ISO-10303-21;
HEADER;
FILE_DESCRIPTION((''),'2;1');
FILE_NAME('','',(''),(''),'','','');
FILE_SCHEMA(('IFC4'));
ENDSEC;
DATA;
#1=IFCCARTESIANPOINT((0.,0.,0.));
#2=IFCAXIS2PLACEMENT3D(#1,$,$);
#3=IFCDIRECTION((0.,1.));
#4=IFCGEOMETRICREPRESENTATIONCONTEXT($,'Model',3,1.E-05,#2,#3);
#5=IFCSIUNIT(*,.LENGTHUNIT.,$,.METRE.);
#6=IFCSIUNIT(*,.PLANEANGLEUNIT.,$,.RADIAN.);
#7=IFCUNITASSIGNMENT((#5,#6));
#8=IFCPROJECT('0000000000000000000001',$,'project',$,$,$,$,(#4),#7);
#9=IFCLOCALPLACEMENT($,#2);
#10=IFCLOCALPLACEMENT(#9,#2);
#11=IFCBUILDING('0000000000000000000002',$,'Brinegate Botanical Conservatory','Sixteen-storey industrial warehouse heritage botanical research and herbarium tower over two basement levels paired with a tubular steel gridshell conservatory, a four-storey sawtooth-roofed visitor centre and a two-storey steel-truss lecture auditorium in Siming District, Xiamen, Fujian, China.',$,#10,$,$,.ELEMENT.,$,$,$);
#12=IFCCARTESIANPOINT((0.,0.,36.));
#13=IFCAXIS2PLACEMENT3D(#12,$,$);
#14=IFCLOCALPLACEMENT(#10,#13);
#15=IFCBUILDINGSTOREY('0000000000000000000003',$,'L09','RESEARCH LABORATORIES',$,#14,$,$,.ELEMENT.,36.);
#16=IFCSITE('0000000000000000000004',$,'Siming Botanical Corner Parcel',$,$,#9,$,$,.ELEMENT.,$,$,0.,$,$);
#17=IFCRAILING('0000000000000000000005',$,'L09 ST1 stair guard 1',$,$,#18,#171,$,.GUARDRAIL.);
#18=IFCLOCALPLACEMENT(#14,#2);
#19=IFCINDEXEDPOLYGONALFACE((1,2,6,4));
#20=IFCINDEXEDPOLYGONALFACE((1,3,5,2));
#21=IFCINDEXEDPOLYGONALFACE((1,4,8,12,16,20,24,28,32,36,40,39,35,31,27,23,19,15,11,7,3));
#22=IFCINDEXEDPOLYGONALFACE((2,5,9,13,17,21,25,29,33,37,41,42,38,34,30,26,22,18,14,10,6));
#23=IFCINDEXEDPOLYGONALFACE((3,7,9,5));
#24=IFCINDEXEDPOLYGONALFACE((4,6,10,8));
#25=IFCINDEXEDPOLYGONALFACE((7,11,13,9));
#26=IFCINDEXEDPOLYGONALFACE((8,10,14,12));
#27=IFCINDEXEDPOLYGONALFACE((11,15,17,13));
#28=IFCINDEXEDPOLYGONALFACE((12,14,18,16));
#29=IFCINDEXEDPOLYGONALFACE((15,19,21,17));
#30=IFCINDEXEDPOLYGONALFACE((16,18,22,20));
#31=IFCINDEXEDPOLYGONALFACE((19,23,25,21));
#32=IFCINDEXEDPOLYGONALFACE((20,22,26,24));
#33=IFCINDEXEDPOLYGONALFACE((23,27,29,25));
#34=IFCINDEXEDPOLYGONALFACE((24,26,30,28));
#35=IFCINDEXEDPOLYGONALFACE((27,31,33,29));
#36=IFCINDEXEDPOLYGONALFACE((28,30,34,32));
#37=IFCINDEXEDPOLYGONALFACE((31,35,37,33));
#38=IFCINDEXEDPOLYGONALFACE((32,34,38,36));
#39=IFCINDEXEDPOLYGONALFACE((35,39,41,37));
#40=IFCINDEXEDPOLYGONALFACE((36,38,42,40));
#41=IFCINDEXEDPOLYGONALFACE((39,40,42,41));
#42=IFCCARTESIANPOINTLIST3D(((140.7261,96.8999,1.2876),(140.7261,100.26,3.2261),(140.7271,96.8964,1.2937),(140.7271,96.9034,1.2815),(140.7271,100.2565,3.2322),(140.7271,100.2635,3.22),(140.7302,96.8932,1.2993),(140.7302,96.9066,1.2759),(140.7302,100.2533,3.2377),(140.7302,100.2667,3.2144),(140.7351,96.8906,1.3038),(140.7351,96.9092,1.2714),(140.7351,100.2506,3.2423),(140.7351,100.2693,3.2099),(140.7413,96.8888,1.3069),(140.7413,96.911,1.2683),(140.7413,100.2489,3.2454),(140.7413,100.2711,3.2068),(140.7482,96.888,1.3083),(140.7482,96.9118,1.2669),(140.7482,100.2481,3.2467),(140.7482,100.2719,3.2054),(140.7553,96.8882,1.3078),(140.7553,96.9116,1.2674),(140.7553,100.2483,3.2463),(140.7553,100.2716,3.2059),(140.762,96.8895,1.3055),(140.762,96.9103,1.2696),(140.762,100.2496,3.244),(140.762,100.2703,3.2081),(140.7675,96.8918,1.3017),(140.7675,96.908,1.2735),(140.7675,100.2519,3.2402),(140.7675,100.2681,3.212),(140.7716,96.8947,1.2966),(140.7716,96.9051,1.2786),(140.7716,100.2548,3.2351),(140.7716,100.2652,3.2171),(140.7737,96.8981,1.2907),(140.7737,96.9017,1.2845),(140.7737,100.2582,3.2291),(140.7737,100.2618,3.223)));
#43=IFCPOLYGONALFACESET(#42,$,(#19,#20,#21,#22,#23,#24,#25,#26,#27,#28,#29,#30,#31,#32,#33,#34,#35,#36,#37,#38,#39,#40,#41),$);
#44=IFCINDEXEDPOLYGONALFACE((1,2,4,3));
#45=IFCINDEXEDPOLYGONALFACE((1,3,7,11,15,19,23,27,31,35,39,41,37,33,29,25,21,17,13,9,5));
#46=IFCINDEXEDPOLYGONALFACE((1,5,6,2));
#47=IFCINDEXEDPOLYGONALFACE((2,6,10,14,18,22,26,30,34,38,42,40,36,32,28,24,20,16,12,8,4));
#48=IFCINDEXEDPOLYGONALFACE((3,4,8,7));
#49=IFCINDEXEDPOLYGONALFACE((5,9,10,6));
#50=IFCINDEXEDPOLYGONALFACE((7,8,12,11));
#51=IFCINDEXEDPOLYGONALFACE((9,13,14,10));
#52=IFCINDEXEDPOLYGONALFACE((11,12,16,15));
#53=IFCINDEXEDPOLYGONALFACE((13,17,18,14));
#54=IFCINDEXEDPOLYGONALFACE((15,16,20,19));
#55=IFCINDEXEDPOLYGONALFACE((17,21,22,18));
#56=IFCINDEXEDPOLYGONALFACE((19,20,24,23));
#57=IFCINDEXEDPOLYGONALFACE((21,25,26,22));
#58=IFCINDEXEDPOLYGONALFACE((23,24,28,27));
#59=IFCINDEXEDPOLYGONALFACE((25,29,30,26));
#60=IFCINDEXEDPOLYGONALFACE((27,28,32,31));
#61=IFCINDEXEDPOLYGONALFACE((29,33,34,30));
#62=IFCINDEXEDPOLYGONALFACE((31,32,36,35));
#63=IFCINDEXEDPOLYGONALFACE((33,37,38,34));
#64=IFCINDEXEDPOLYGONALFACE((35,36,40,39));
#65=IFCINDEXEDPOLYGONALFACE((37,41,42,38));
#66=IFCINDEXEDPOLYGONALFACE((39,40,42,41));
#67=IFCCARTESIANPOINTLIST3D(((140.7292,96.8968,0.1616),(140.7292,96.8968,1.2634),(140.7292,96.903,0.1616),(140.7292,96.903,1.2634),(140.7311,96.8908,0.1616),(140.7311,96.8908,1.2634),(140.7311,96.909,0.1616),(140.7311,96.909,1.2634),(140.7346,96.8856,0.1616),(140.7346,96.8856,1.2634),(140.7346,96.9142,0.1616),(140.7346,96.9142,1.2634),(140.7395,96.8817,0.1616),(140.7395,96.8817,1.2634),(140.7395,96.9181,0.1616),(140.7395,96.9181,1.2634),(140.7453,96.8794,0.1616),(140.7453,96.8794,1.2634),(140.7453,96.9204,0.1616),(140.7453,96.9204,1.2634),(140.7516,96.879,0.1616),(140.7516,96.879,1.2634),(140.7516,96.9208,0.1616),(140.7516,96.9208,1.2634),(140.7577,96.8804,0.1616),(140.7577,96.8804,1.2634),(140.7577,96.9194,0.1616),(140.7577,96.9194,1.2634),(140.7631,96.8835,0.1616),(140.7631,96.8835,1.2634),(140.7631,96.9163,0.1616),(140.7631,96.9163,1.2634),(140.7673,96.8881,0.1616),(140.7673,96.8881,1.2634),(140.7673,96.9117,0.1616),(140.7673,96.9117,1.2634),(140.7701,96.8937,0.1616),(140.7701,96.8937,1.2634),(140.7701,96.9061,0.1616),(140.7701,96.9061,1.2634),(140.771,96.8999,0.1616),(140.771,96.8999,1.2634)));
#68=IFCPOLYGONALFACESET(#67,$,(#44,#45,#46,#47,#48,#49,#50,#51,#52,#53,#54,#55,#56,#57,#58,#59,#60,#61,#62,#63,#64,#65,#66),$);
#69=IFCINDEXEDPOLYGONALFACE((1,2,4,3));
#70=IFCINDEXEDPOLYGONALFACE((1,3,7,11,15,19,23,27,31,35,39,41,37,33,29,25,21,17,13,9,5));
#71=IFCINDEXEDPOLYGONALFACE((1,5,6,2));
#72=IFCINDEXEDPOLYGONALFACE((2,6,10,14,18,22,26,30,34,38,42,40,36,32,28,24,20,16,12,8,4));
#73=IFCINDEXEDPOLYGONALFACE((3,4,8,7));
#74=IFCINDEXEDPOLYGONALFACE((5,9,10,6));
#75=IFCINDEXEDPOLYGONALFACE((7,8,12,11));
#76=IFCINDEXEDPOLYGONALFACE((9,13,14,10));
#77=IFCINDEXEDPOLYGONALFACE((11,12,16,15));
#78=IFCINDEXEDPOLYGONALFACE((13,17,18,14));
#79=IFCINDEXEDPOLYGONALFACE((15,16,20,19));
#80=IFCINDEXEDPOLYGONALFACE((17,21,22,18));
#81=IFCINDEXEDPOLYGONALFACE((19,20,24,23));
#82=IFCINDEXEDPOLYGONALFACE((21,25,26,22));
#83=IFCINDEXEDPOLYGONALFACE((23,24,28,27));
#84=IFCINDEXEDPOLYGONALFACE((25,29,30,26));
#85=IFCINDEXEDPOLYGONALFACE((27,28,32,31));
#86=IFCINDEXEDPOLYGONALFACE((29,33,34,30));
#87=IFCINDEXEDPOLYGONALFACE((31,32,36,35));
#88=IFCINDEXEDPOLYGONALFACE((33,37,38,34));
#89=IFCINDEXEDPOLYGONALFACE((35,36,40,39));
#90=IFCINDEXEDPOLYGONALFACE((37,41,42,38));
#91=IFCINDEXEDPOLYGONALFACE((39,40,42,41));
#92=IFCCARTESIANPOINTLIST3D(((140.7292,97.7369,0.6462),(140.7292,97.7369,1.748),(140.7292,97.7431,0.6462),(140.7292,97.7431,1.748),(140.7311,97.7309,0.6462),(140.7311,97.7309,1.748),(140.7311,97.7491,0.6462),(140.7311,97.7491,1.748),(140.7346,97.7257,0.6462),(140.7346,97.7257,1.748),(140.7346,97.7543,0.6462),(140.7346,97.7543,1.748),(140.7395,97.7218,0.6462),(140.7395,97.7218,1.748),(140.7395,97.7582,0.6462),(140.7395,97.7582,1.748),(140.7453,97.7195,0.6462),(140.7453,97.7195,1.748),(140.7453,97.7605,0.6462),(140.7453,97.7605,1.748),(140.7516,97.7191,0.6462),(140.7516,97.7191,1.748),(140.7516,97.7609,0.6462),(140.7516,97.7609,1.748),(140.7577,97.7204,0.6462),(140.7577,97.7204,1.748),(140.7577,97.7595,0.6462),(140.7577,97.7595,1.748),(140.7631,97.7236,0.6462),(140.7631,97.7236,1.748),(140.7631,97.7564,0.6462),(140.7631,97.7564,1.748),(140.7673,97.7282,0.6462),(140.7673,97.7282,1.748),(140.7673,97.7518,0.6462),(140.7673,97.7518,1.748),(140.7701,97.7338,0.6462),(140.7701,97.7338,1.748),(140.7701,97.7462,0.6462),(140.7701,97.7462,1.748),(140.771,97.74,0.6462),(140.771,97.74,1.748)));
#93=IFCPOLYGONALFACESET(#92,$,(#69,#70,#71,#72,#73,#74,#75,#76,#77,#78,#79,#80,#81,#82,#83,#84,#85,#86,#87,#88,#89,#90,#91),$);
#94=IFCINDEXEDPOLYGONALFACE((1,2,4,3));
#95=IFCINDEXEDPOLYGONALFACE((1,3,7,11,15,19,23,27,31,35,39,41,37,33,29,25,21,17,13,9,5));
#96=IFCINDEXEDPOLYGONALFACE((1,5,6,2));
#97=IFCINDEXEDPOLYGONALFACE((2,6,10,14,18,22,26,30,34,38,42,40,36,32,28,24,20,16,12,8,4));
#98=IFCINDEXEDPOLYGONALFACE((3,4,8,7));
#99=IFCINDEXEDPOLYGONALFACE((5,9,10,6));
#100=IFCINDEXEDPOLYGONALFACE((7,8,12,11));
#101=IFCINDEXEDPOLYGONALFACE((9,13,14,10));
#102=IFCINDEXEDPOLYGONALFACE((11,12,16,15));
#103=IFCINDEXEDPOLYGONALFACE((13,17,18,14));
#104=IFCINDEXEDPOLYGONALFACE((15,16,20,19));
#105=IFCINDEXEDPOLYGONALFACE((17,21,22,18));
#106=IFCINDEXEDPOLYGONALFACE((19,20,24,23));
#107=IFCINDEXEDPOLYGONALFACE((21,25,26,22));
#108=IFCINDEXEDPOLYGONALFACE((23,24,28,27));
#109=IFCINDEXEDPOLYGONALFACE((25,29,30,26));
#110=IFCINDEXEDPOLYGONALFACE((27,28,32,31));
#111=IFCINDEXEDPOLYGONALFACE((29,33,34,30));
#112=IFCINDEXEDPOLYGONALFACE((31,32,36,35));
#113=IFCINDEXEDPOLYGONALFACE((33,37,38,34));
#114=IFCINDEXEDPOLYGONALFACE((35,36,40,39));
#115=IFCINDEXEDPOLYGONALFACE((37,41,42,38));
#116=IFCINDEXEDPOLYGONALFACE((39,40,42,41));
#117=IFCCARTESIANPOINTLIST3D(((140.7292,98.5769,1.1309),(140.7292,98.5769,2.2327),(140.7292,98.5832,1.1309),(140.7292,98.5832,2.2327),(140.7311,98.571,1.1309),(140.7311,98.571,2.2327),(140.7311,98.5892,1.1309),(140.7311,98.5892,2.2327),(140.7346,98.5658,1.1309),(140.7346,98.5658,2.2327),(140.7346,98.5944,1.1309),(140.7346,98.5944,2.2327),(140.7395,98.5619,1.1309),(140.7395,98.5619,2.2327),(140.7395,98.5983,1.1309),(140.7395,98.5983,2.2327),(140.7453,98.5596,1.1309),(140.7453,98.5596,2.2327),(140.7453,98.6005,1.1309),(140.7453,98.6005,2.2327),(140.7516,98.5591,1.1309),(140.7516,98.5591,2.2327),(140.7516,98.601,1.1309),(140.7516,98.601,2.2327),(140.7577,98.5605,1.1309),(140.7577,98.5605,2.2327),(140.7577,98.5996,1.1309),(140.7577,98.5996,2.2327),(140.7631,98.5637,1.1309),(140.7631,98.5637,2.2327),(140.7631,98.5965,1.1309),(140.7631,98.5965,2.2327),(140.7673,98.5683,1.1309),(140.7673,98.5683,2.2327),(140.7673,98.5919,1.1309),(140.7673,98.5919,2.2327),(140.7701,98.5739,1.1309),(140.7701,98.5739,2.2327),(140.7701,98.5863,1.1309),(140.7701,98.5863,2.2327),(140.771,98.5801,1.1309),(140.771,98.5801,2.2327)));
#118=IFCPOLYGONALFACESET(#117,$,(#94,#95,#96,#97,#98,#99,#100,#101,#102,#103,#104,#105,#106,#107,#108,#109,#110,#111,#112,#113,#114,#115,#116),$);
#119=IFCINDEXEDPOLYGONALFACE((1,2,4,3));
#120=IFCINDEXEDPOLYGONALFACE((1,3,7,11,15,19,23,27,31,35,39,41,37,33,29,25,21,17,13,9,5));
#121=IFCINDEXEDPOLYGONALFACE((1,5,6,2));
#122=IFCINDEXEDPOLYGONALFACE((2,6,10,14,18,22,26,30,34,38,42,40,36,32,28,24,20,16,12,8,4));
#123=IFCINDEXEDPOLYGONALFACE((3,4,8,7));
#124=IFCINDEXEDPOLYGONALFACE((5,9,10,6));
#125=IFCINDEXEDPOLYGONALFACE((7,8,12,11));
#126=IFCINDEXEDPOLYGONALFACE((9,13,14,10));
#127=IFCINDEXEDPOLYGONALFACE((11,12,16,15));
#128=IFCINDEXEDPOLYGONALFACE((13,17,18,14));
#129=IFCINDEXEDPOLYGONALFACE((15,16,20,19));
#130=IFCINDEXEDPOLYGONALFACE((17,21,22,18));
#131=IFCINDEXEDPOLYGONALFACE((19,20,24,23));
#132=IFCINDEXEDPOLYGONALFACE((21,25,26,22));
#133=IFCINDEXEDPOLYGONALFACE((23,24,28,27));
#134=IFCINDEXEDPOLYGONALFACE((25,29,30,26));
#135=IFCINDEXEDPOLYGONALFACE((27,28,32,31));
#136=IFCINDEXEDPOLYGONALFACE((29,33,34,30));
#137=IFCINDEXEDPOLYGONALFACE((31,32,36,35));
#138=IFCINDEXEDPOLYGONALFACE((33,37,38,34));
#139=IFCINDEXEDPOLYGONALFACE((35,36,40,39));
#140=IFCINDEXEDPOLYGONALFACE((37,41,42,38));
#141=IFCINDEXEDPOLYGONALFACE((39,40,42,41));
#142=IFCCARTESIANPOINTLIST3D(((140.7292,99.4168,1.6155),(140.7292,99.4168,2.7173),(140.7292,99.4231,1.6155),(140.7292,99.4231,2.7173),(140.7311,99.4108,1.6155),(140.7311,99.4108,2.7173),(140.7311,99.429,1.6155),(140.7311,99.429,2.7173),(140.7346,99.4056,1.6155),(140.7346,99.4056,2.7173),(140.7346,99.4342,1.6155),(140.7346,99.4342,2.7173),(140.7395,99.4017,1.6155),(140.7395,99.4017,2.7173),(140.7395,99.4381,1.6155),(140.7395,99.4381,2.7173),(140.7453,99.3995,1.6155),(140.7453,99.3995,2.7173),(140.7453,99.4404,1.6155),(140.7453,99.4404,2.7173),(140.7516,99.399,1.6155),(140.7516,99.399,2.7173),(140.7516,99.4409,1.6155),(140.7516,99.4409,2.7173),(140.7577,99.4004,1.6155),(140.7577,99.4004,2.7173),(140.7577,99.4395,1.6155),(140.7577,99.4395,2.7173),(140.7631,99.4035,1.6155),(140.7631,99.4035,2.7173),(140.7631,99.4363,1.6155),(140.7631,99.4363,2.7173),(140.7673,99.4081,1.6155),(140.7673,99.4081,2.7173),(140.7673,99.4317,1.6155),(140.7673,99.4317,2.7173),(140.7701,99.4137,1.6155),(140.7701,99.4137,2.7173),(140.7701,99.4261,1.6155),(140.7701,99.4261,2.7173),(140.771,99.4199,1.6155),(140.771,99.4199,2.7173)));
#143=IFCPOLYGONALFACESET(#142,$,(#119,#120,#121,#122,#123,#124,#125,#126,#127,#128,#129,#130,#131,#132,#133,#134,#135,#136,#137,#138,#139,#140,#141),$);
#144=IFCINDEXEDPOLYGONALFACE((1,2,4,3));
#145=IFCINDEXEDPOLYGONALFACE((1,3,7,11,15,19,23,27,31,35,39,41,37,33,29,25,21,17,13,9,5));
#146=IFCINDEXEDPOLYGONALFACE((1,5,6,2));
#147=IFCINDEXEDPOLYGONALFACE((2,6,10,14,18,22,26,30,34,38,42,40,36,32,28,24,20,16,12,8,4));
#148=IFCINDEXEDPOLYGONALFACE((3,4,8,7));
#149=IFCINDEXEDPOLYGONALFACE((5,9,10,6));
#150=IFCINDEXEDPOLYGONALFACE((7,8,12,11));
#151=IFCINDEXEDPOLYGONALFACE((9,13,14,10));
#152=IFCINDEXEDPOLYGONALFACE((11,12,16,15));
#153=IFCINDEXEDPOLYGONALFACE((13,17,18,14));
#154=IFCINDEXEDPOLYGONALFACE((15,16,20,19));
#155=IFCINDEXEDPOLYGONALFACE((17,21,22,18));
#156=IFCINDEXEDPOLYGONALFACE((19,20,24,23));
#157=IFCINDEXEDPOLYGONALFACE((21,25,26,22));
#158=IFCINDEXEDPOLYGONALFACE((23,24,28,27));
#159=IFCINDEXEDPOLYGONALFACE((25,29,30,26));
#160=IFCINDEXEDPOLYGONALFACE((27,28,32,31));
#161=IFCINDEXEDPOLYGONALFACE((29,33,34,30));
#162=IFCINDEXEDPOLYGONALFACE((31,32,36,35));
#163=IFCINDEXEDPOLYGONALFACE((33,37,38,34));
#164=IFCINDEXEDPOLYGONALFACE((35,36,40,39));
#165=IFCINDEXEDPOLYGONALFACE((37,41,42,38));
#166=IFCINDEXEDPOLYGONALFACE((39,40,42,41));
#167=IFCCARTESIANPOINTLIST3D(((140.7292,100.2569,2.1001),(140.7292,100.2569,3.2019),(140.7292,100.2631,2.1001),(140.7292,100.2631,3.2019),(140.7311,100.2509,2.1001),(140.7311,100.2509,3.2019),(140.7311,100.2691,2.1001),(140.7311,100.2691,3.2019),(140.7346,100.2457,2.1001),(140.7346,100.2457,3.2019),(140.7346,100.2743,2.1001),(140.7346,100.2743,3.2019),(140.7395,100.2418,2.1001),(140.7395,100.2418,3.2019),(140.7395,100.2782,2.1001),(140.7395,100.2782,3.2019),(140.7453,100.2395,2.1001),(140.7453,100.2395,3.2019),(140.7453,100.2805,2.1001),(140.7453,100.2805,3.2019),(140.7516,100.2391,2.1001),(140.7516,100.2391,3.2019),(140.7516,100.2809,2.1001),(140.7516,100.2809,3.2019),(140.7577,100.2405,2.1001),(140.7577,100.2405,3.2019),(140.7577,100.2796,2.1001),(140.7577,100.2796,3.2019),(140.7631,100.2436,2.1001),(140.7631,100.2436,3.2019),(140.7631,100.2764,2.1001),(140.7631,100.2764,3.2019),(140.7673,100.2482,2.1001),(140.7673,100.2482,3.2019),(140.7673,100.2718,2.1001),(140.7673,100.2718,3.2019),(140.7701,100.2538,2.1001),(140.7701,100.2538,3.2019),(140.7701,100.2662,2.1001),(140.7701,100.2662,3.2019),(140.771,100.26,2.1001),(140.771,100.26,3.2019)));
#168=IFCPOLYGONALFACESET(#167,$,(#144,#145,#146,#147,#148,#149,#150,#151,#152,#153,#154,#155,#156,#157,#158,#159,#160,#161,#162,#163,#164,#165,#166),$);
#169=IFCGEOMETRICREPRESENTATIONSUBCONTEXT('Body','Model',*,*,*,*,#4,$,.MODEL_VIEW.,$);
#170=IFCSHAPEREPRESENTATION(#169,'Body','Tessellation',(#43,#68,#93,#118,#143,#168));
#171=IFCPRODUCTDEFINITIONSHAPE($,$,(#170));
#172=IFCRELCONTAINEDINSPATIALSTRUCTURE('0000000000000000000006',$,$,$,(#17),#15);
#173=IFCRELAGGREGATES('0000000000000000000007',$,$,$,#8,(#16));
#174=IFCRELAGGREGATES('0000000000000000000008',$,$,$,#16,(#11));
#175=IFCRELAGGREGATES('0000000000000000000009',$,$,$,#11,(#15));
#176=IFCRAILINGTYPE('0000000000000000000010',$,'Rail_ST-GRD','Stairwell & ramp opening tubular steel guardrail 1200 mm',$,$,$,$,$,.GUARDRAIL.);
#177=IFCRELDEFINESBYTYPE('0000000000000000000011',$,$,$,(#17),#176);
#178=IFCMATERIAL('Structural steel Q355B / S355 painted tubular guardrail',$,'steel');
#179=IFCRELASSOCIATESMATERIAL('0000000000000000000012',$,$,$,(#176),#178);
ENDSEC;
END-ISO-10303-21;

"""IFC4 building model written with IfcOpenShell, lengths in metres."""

from ifc_helpers import new_model, si_unit, direction, frame, origin, origin_2d, place, context, subcontext, project, spatial, circle, extrude, material, type_object, element, save


model = new_model("IFC4")

# Units and contexts
model_context = context("Model", 3, precision=1e-05, world=origin(), true_north=direction((0.0, 1.0)))
body_context = subcontext(model_context, "Body", "Model", "MODEL_VIEW")
ifc_project = project(units=[si_unit("LENGTHUNIT", "METRE"), si_unit("PLANEANGLEUNIT", "RADIAN")], contexts=[model_context])

# Site, building, storey
site_placement = place(None, origin())
site = spatial("IfcSite", under=ifc_project, at=site_placement, Name="Siming Botanical Corner Parcel", CompositionType="ELEMENT", RefElevation=0.0)
building_placement = place(site_placement, origin())
building = spatial("IfcBuilding", under=site, at=building_placement, Name="Brinegate Botanical Conservatory", Description="Sixteen-storey industrial warehouse heritage botanical research and herbarium tower over two basement levels paired with a tubular steel gridshell conservatory, a four-storey sawtooth-roofed visitor centre and a two-storey steel-truss lecture auditorium in Siming District, Xiamen, Fujian, China.", CompositionType="ELEMENT")
storey_placement = place(building_placement, frame((0.0, 0.0, 36.0)))
storey = spatial("IfcBuildingStorey", under=building, at=storey_placement, Name="L09", Description="RESEARCH LABORATORIES", CompositionType="ELEMENT", Elevation=36.0)

# Railing
ifc_material_1 = material(Name="Structural steel Q355B / S355 painted tubular guardrail", Category="steel")
railing_type_1 = type_object("IfcRailingType", Name="Rail_ST-GRD", Description="Stairwell & ramp opening tubular steel guardrail 1200 mm", PredefinedType="GUARDRAIL", material=ifc_material_1)
railing_1_placement = place(storey_placement, frame((140.75, 96.8999, 0.1616)))
element("IfcRailing", 1, at=railing_1_placement, inside=storey, type_object=railing_type_1, Name="L09 ST1 stair guard 1", PredefinedType="GUARDRAIL", context=body_context, shape_type="SweptSolid", body=[
    extrude(circle(Radius=0.0239, at=origin_2d()), frame((0.0, 0.0, 1.126), z_axis=(0.0, 0.866191, 0.499713), x_axis=(-1.0, 0.0, 0.0)), (0.0, 0.0, 1.0), 3.8792),
    extrude(circle(Radius=0.021, at=origin_2d()), origin(), (0.0, 0.0, 1.0), 1.1018),
    extrude(circle(Radius=0.021, at=origin_2d()), frame((0.0, 0.8401, 0.4846)), (0.0, 0.0, 1.0), 1.1018),
    extrude(circle(Radius=0.021, at=origin_2d()), frame((0.0, 1.6802, 0.9692)), (0.0, 0.0, 1.0), 1.1018),
    extrude(circle(Radius=0.021, at=origin_2d()), frame((0.0, 2.52, 1.4539)), (0.0, 0.0, 1.0), 1.1018),
    extrude(circle(Radius=0.021, at=origin_2d()), frame((0.0, 3.3601, 1.9385)), (0.0, 0.0, 1.0), 1.1018),
])

save(model, "model.ifc")
